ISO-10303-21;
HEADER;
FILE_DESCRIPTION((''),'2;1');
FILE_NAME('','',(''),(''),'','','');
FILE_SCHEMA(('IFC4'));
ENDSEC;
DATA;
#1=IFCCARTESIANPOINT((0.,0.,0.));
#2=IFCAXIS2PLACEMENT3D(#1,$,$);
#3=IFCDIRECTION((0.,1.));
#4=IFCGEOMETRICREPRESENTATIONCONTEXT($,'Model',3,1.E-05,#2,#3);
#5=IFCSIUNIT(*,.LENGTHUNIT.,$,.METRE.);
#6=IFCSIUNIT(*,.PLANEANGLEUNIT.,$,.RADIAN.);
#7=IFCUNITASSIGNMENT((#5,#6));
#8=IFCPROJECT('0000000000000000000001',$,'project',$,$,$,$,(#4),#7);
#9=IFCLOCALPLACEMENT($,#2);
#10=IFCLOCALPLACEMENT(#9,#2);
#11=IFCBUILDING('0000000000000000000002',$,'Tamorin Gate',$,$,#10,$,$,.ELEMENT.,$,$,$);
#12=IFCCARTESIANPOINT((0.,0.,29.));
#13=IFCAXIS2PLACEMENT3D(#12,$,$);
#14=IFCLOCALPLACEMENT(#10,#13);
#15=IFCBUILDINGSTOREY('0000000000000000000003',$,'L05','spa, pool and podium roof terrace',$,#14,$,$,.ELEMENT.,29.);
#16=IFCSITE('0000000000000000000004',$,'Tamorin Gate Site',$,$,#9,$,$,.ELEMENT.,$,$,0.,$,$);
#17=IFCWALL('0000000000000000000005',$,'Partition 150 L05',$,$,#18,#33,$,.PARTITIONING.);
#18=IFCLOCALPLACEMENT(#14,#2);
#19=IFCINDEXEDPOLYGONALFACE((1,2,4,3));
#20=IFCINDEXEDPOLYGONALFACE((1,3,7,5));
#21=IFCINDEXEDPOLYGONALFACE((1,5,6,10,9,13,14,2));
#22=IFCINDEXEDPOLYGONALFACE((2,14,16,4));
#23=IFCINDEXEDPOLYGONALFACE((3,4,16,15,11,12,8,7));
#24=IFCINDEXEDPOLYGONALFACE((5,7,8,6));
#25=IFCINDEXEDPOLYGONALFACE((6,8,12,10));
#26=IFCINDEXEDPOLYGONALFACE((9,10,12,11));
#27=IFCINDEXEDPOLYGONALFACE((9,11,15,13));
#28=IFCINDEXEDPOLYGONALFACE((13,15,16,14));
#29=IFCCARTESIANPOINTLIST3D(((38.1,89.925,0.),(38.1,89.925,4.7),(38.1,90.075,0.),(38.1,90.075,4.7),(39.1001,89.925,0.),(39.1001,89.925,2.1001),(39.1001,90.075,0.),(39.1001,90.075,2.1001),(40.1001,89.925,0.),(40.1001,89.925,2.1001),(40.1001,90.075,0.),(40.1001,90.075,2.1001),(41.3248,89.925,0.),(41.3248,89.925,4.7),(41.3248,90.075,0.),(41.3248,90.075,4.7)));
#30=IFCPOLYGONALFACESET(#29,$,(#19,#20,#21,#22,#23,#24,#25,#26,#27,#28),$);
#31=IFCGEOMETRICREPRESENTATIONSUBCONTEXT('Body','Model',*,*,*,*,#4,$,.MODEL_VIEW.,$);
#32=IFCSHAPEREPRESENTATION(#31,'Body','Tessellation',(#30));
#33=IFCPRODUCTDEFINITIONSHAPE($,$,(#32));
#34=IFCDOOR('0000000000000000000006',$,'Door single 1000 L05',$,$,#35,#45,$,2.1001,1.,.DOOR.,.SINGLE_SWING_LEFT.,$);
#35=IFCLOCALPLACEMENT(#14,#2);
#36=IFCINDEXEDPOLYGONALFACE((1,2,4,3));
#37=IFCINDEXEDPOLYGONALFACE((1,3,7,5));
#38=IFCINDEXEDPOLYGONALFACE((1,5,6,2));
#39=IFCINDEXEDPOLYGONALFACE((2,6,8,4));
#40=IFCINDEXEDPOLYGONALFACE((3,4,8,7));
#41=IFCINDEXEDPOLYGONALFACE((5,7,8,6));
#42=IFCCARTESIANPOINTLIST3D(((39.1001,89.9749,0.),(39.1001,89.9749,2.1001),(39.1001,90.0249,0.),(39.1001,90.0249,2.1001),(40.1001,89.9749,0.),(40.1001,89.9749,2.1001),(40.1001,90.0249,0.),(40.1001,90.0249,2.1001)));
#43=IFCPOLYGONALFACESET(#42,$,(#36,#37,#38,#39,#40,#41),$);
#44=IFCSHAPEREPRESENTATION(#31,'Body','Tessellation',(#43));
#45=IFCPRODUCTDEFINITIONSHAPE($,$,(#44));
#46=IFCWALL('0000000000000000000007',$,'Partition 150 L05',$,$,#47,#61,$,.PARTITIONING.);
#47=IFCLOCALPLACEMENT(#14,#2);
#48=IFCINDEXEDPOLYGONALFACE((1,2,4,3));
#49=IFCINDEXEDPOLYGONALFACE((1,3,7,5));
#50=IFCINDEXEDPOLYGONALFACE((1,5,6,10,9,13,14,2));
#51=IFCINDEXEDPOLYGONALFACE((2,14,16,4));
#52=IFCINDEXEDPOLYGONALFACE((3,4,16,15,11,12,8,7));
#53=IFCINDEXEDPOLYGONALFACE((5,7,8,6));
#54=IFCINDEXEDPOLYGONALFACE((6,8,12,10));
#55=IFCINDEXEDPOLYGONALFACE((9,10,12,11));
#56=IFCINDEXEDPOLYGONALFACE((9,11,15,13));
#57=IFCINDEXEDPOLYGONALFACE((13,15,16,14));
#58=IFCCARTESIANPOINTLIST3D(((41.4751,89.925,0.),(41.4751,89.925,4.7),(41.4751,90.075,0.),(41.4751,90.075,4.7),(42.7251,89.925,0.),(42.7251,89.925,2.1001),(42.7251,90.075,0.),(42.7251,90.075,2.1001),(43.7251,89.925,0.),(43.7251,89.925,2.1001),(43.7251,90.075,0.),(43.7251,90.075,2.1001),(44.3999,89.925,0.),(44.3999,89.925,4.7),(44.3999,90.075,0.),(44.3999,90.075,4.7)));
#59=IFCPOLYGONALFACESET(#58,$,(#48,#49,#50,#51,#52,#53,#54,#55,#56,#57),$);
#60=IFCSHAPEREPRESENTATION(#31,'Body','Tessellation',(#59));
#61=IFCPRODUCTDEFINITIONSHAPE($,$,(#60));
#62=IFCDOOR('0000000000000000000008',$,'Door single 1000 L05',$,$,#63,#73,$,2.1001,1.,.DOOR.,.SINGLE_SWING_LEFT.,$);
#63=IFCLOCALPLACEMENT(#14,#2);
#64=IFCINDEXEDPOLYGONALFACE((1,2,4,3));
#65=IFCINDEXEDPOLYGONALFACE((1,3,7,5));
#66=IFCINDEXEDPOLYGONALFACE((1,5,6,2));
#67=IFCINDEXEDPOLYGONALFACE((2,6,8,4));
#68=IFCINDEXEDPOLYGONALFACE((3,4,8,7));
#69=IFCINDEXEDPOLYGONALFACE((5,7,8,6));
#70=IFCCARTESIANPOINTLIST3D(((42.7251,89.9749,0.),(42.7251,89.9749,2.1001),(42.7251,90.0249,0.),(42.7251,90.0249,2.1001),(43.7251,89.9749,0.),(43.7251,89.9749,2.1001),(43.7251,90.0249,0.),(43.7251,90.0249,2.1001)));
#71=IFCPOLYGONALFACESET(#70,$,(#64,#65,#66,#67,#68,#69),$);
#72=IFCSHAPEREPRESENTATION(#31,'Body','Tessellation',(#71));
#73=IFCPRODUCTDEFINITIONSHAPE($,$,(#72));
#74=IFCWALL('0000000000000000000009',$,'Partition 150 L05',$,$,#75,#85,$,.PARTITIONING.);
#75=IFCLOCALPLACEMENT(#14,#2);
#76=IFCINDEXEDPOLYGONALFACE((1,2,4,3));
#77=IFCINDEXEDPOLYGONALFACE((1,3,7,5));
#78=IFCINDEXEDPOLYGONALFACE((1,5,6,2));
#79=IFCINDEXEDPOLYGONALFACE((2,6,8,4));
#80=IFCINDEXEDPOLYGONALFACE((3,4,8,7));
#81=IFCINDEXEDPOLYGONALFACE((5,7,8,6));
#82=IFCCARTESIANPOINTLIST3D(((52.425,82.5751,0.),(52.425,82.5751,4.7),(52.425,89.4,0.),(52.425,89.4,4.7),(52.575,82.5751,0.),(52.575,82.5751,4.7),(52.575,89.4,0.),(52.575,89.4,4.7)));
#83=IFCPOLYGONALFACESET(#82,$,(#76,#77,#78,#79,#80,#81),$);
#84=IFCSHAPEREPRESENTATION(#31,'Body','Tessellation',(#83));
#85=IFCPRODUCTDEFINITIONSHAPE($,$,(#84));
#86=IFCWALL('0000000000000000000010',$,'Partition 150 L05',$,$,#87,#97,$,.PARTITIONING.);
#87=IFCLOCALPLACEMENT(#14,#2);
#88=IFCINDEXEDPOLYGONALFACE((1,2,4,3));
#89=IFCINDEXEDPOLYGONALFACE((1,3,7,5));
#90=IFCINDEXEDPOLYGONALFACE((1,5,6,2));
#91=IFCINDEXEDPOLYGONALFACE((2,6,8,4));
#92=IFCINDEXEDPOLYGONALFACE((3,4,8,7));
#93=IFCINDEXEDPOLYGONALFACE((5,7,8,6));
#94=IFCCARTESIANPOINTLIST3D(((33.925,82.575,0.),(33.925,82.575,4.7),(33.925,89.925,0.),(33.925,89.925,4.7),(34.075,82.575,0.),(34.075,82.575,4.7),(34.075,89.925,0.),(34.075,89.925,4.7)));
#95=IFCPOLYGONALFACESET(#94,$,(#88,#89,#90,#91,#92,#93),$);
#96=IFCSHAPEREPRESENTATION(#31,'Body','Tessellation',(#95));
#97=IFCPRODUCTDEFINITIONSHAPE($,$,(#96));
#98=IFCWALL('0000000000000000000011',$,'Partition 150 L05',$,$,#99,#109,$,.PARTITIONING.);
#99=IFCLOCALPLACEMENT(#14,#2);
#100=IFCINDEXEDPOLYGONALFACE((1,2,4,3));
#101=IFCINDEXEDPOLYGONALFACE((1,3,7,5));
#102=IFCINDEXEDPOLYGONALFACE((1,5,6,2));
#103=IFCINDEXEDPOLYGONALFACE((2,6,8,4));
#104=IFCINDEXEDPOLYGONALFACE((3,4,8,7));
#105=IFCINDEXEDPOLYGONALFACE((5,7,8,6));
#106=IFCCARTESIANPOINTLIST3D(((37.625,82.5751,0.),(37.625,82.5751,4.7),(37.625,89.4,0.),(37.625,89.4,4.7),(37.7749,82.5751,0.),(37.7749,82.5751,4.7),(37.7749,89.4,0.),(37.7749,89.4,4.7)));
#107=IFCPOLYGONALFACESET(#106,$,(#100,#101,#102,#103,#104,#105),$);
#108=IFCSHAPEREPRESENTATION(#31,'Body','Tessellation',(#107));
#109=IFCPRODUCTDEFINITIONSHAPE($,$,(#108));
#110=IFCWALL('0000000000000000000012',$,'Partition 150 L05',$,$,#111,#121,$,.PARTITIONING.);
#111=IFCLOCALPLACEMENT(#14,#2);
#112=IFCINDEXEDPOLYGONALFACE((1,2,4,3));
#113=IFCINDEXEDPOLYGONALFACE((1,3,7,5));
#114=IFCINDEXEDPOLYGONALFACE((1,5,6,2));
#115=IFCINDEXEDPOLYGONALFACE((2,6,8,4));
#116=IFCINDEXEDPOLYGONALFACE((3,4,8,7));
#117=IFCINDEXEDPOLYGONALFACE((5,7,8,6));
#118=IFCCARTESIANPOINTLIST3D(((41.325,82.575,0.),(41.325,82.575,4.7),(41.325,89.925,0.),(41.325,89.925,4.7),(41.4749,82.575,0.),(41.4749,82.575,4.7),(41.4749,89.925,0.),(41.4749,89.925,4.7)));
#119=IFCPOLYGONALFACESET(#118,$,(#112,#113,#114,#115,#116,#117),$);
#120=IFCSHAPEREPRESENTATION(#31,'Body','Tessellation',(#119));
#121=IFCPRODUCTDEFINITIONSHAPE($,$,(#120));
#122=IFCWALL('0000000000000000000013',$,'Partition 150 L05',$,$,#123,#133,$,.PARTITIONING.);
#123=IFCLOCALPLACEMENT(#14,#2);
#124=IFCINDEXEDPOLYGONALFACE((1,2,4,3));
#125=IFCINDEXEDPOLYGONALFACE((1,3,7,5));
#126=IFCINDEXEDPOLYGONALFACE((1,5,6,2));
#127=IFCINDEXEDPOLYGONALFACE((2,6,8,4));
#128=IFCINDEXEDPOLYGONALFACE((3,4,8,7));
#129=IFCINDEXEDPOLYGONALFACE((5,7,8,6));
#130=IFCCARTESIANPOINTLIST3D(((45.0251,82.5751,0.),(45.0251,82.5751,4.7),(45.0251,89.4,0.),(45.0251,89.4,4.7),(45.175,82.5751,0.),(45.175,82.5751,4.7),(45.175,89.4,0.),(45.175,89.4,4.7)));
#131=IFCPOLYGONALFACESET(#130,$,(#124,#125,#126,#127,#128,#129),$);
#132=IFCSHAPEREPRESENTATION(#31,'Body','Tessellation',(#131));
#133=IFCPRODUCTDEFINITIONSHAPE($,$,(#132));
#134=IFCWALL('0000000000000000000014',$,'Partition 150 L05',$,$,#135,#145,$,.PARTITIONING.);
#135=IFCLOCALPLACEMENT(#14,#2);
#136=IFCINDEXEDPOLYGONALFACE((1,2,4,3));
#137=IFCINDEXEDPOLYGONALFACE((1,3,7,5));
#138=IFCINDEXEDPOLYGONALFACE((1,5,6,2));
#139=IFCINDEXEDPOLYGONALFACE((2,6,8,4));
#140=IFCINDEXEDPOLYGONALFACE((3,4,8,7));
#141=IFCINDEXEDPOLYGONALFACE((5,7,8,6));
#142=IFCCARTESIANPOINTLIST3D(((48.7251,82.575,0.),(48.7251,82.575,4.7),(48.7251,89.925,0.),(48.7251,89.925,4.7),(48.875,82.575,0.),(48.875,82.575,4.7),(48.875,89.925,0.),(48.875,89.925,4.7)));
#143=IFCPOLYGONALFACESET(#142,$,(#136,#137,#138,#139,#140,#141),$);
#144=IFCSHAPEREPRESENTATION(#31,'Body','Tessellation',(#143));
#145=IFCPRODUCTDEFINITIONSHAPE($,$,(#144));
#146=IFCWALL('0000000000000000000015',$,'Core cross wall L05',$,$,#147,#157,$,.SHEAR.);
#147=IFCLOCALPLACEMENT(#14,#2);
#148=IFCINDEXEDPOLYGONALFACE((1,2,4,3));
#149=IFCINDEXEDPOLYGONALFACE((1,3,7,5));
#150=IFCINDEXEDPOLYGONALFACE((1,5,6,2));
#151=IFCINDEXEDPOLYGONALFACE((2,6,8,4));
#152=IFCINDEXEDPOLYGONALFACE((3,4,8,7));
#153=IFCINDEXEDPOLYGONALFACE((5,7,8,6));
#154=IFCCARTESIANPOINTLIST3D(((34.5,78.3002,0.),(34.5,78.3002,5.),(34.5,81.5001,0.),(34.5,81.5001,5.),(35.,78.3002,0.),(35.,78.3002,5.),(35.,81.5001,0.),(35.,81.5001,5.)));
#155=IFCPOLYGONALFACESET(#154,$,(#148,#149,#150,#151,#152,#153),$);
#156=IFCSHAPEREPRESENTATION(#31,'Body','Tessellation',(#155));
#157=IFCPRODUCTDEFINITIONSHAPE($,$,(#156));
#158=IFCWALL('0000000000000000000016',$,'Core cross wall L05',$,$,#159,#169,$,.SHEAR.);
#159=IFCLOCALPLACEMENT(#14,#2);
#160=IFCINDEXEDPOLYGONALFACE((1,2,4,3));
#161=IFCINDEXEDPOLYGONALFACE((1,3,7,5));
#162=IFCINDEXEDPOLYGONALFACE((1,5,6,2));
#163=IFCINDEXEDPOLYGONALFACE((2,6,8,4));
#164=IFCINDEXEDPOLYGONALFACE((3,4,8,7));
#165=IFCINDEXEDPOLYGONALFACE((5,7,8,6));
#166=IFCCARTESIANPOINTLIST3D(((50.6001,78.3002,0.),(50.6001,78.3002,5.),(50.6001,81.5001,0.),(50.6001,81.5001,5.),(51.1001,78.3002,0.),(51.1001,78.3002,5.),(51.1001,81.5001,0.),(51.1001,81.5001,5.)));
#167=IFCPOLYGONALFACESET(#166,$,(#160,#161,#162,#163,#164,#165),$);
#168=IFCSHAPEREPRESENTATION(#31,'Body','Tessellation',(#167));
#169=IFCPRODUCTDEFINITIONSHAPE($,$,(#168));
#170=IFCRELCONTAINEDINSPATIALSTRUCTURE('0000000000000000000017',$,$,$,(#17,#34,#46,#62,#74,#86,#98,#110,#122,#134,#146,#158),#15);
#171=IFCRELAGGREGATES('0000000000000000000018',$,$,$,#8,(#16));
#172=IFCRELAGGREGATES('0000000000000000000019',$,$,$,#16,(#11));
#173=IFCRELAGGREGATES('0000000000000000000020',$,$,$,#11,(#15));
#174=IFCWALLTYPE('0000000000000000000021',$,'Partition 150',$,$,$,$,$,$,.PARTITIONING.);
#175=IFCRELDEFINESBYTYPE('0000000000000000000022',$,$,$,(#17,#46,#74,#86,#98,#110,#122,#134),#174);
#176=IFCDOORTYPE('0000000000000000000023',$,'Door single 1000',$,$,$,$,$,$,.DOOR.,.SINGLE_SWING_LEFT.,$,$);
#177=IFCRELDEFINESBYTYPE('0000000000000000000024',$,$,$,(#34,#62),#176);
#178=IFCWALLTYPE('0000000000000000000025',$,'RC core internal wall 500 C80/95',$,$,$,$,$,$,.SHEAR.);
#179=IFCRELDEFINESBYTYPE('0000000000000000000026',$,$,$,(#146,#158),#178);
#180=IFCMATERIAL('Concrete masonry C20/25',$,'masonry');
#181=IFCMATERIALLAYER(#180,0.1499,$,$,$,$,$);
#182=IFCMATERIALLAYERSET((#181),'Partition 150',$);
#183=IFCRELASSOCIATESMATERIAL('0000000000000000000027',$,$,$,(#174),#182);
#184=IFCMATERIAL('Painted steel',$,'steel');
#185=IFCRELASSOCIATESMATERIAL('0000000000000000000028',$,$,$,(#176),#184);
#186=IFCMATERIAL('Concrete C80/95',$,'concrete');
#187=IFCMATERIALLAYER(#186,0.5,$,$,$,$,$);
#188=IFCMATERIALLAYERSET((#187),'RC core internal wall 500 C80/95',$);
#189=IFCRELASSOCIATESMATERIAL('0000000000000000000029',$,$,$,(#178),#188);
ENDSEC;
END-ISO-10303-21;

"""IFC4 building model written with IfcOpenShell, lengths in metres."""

from ifc_helpers import new_model, si_unit, direction, frame, frame_2d, origin, place, context, subcontext, project, spatial, rectangle, extrude, material, layer, layer_set, type_object, element, fill, save


model = new_model("IFC4")

# Units and contexts
model_context = context("Model", 3, precision=1e-05, world=origin(), true_north=direction((0.0, 1.0)))
body_context = subcontext(model_context, "Body", "Model", "MODEL_VIEW")
ifc_project = project(units=[si_unit("LENGTHUNIT", "METRE"), si_unit("PLANEANGLEUNIT", "RADIAN")], contexts=[model_context])

# Site, building, storey
site_placement = place(None, origin())
site = spatial("IfcSite", under=ifc_project, at=site_placement, Name="Tamorin Gate Site", CompositionType="ELEMENT", RefElevation=0.0)
building_placement = place(site_placement, origin())
building = spatial("IfcBuilding", under=site, at=building_placement, Name="Tamorin Gate", CompositionType="ELEMENT")
storey_placement = place(building_placement, frame((0.0, 0.0, 29.0)))
storey = spatial("IfcBuildingStorey", under=building, at=storey_placement, Name="L05", Description="spa, pool and podium roof terrace", CompositionType="ELEMENT", Elevation=29.0)

# Shared definitions
ifc_material_1 = material(Name="Concrete C80/95", Category="concrete")

# Walls, openings, doors
ifc_material_2 = material(Name="Concrete masonry C20/25", Category="masonry")
ifc_layer_1 = layer(ifc_material_2, 0.1499)
ifc_layer_set_1 = layer_set([ifc_layer_1], Name="Partition 150")
wall_type_1 = type_object("IfcWallType", Name="Partition 150", PredefinedType="PARTITIONING", material=ifc_layer_set_1)
ifc_material_3 = material(Name="Painted steel", Category="steel")
door_type_1 = type_object("IfcDoorType", Name="Door single 1000", OperationType="SINGLE_SWING_LEFT", PredefinedType="DOOR", material=ifc_material_3)
wall_1_placement = place(storey_placement, frame((38.1001, 90.0, 0.0), z_axis=(0.0, 0.0, 1.0), x_axis=(1.0, 0.0, 0.0)))
wall_1 = element("IfcWall", 1, at=wall_1_placement, inside=storey, type_object=wall_type_1, Name="Partition 150 L05", PredefinedType="PARTITIONING", context=body_context, shape_type="SweptSolid", body=[
    extrude(rectangle(XDim=3.2249, YDim=0.1499, at=frame_2d((1.6123, 0.0))), origin(), (0.0, 0.0, 1.0), 4.7),
])
opening_1_placement = place(wall_1_placement, frame((1.0, 0.0, 0.0)))
opening_1 = element("IfcOpeningElement", 2, at=opening_1_placement, cuts=wall_1, PredefinedType="OPENING", context=body_context, shape_type="SweptSolid", body=[
    extrude(rectangle(XDim=1.0, YDim=2.1001, at=frame_2d((0.5, 1.05))), frame((0.0, 0.085, 0.0), z_axis=(0.0, -1.0, 0.0), x_axis=(1.0, 0.0, 0.0)), (0.0, 0.0, 1.0), 0.1699),
])
door_1_placement = place(opening_1_placement, origin())
door_1 = element("IfcDoor", 3, at=door_1_placement, inside=storey, type_object=door_type_1, Name="Door single 1000 L05", OperationType="SINGLE_SWING_LEFT", OverallHeight=2.1001, OverallWidth=1.0, PredefinedType="DOOR", context=body_context, shape_type="SweptSolid", body=[
    extrude(rectangle(XDim=1.0, YDim=2.1001, at=frame_2d((0.5, 1.05))), frame((0.0, 0.0249, 0.0), z_axis=(0.0, -1.0, 0.0), x_axis=(1.0, 0.0, 0.0)), (0.0, 0.0, 1.0), 0.05),
])
fill(opening_1, door_1)
wall_2_placement = place(storey_placement, frame((41.4751, 90.0, 0.0), z_axis=(0.0, 0.0, 1.0), x_axis=(1.0, 0.0, 0.0)))
wall_2 = element("IfcWall", 4, at=wall_2_placement, inside=storey, type_object=wall_type_1, Name="Partition 150 L05", PredefinedType="PARTITIONING", context=body_context, shape_type="SweptSolid", body=[
    extrude(rectangle(XDim=2.9248, YDim=0.1499, at=frame_2d((1.4624, 0.0))), origin(), (0.0, 0.0, 1.0), 4.7),
])
opening_2_placement = place(wall_2_placement, frame((1.25, 0.0, 0.0)))
opening_2 = element("IfcOpeningElement", 5, at=opening_2_placement, cuts=wall_2, PredefinedType="OPENING", context=body_context, shape_type="SweptSolid", body=[
    extrude(rectangle(XDim=1.0, YDim=2.1001, at=frame_2d((0.5, 1.05))), frame((0.0, 0.085, 0.0), z_axis=(0.0, -1.0, 0.0), x_axis=(1.0, 0.0, 0.0)), (0.0, 0.0, 1.0), 0.1699),
])
door_2_placement = place(opening_2_placement, origin())
door_2 = element("IfcDoor", 6, at=door_2_placement, inside=storey, type_object=door_type_1, Name="Door single 1000 L05", OperationType="SINGLE_SWING_LEFT", OverallHeight=2.1001, OverallWidth=1.0, PredefinedType="DOOR", context=body_context, shape_type="SweptSolid", body=[
    extrude(rectangle(XDim=1.0, YDim=2.1001, at=frame_2d((0.5, 1.05))), frame((0.0, 0.0249, 0.0), z_axis=(0.0, -1.0, 0.0), x_axis=(1.0, 0.0, 0.0)), (0.0, 0.0, 1.0), 0.05),
])
fill(opening_2, door_2)

# Walls
wall_3_placement = place(storey_placement, frame((52.5, 82.575, 0.0), z_axis=(0.0, 0.0, 1.0), x_axis=(0.0, 1.0, 0.0)))
element("IfcWall", 7, at=wall_3_placement, inside=storey, type_object=wall_type_1, Name="Partition 150 L05", PredefinedType="PARTITIONING", context=body_context, shape_type="SweptSolid", body=[
    extrude(rectangle(XDim=6.825, YDim=0.1499, at=frame_2d((3.4126, 0.0))), origin(), (0.0, 0.0, 1.0), 4.7),
])
wall_4_placement = place(storey_placement, frame((34.0, 82.575, 0.0), z_axis=(0.0, 0.0, 1.0), x_axis=(0.0, 1.0, 0.0)))
element("IfcWall", 8, at=wall_4_placement, inside=storey, type_object=wall_type_1, Name="Partition 150 L05", PredefinedType="PARTITIONING", context=body_context, shape_type="SweptSolid", body=[
    extrude(rectangle(XDim=7.3501, YDim=0.1499, at=frame_2d((3.675, 0.0))), origin(), (0.0, 0.0, 1.0), 4.7),
])
wall_5_placement = place(storey_placement, frame((37.7, 82.575, 0.0), z_axis=(0.0, 0.0, 1.0), x_axis=(0.0, 1.0, 0.0)))
element("IfcWall", 9, at=wall_5_placement, inside=storey, type_object=wall_type_1, Name="Partition 150 L05", PredefinedType="PARTITIONING", context=body_context, shape_type="SweptSolid", body=[
    extrude(rectangle(XDim=6.825, YDim=0.1499, at=frame_2d((3.4126, 0.0))), origin(), (0.0, 0.0, 1.0), 4.7),
])
wall_6_placement = place(storey_placement, frame((41.3999, 82.575, 0.0), z_axis=(0.0, 0.0, 1.0), x_axis=(0.0, 1.0, 0.0)))
element("IfcWall", 10, at=wall_6_placement, inside=storey, type_object=wall_type_1, Name="Partition 150 L05", PredefinedType="PARTITIONING", context=body_context, shape_type="SweptSolid", body=[
    extrude(rectangle(XDim=7.3501, YDim=0.1499, at=frame_2d((3.675, 0.0))), origin(), (0.0, 0.0, 1.0), 4.7),
])
wall_7_placement = place(storey_placement, frame((45.1001, 82.575, 0.0), z_axis=(0.0, 0.0, 1.0), x_axis=(0.0, 1.0, 0.0)))
element("IfcWall", 11, at=wall_7_placement, inside=storey, type_object=wall_type_1, Name="Partition 150 L05", PredefinedType="PARTITIONING", context=body_context, shape_type="SweptSolid", body=[
    extrude(rectangle(XDim=6.825, YDim=0.1499, at=frame_2d((3.4126, 0.0))), origin(), (0.0, 0.0, 1.0), 4.7),
])
wall_8_placement = place(storey_placement, frame((48.8, 82.575, 0.0), z_axis=(0.0, 0.0, 1.0), x_axis=(0.0, 1.0, 0.0)))
element("IfcWall", 12, at=wall_8_placement, inside=storey, type_object=wall_type_1, Name="Partition 150 L05", PredefinedType="PARTITIONING", context=body_context, shape_type="SweptSolid", body=[
    extrude(rectangle(XDim=7.3501, YDim=0.1499, at=frame_2d((3.675, 0.0))), origin(), (0.0, 0.0, 1.0), 4.7),
])
ifc_layer_2 = layer(ifc_material_1, 0.5)
ifc_layer_set_2 = layer_set([ifc_layer_2], Name="RC core internal wall 500 C80/95")
wall_type_2 = type_object("IfcWallType", Name="RC core internal wall 500 C80/95", PredefinedType="SHEAR", material=ifc_layer_set_2)
for number, where, z_axis, x_axis, name in (
    (13, (34.75, 78.3, 0.0), (0.0, 0.0, 1.0), (0.0, 1.0, 0.0), "Core cross wall L05"),
    (14, (50.8501, 78.3, 0.0), (0.0, 0.0, 1.0), (0.0, 1.0, 0.0), "Core cross wall L05"),
):
    element("IfcWall", number, at=place(storey_placement, frame(where, z_axis=z_axis, x_axis=x_axis)), inside=storey, type_object=wall_type_2, Name=name, PredefinedType="SHEAR", context=body_context, shape_type="SweptSolid", body=[
        extrude(rectangle(XDim=3.2, YDim=0.5, at=frame_2d((1.6001, 0.0))), origin(), (0.0, 0.0, 1.0), 5.0),
    ])

save(model, "model.ifc")
